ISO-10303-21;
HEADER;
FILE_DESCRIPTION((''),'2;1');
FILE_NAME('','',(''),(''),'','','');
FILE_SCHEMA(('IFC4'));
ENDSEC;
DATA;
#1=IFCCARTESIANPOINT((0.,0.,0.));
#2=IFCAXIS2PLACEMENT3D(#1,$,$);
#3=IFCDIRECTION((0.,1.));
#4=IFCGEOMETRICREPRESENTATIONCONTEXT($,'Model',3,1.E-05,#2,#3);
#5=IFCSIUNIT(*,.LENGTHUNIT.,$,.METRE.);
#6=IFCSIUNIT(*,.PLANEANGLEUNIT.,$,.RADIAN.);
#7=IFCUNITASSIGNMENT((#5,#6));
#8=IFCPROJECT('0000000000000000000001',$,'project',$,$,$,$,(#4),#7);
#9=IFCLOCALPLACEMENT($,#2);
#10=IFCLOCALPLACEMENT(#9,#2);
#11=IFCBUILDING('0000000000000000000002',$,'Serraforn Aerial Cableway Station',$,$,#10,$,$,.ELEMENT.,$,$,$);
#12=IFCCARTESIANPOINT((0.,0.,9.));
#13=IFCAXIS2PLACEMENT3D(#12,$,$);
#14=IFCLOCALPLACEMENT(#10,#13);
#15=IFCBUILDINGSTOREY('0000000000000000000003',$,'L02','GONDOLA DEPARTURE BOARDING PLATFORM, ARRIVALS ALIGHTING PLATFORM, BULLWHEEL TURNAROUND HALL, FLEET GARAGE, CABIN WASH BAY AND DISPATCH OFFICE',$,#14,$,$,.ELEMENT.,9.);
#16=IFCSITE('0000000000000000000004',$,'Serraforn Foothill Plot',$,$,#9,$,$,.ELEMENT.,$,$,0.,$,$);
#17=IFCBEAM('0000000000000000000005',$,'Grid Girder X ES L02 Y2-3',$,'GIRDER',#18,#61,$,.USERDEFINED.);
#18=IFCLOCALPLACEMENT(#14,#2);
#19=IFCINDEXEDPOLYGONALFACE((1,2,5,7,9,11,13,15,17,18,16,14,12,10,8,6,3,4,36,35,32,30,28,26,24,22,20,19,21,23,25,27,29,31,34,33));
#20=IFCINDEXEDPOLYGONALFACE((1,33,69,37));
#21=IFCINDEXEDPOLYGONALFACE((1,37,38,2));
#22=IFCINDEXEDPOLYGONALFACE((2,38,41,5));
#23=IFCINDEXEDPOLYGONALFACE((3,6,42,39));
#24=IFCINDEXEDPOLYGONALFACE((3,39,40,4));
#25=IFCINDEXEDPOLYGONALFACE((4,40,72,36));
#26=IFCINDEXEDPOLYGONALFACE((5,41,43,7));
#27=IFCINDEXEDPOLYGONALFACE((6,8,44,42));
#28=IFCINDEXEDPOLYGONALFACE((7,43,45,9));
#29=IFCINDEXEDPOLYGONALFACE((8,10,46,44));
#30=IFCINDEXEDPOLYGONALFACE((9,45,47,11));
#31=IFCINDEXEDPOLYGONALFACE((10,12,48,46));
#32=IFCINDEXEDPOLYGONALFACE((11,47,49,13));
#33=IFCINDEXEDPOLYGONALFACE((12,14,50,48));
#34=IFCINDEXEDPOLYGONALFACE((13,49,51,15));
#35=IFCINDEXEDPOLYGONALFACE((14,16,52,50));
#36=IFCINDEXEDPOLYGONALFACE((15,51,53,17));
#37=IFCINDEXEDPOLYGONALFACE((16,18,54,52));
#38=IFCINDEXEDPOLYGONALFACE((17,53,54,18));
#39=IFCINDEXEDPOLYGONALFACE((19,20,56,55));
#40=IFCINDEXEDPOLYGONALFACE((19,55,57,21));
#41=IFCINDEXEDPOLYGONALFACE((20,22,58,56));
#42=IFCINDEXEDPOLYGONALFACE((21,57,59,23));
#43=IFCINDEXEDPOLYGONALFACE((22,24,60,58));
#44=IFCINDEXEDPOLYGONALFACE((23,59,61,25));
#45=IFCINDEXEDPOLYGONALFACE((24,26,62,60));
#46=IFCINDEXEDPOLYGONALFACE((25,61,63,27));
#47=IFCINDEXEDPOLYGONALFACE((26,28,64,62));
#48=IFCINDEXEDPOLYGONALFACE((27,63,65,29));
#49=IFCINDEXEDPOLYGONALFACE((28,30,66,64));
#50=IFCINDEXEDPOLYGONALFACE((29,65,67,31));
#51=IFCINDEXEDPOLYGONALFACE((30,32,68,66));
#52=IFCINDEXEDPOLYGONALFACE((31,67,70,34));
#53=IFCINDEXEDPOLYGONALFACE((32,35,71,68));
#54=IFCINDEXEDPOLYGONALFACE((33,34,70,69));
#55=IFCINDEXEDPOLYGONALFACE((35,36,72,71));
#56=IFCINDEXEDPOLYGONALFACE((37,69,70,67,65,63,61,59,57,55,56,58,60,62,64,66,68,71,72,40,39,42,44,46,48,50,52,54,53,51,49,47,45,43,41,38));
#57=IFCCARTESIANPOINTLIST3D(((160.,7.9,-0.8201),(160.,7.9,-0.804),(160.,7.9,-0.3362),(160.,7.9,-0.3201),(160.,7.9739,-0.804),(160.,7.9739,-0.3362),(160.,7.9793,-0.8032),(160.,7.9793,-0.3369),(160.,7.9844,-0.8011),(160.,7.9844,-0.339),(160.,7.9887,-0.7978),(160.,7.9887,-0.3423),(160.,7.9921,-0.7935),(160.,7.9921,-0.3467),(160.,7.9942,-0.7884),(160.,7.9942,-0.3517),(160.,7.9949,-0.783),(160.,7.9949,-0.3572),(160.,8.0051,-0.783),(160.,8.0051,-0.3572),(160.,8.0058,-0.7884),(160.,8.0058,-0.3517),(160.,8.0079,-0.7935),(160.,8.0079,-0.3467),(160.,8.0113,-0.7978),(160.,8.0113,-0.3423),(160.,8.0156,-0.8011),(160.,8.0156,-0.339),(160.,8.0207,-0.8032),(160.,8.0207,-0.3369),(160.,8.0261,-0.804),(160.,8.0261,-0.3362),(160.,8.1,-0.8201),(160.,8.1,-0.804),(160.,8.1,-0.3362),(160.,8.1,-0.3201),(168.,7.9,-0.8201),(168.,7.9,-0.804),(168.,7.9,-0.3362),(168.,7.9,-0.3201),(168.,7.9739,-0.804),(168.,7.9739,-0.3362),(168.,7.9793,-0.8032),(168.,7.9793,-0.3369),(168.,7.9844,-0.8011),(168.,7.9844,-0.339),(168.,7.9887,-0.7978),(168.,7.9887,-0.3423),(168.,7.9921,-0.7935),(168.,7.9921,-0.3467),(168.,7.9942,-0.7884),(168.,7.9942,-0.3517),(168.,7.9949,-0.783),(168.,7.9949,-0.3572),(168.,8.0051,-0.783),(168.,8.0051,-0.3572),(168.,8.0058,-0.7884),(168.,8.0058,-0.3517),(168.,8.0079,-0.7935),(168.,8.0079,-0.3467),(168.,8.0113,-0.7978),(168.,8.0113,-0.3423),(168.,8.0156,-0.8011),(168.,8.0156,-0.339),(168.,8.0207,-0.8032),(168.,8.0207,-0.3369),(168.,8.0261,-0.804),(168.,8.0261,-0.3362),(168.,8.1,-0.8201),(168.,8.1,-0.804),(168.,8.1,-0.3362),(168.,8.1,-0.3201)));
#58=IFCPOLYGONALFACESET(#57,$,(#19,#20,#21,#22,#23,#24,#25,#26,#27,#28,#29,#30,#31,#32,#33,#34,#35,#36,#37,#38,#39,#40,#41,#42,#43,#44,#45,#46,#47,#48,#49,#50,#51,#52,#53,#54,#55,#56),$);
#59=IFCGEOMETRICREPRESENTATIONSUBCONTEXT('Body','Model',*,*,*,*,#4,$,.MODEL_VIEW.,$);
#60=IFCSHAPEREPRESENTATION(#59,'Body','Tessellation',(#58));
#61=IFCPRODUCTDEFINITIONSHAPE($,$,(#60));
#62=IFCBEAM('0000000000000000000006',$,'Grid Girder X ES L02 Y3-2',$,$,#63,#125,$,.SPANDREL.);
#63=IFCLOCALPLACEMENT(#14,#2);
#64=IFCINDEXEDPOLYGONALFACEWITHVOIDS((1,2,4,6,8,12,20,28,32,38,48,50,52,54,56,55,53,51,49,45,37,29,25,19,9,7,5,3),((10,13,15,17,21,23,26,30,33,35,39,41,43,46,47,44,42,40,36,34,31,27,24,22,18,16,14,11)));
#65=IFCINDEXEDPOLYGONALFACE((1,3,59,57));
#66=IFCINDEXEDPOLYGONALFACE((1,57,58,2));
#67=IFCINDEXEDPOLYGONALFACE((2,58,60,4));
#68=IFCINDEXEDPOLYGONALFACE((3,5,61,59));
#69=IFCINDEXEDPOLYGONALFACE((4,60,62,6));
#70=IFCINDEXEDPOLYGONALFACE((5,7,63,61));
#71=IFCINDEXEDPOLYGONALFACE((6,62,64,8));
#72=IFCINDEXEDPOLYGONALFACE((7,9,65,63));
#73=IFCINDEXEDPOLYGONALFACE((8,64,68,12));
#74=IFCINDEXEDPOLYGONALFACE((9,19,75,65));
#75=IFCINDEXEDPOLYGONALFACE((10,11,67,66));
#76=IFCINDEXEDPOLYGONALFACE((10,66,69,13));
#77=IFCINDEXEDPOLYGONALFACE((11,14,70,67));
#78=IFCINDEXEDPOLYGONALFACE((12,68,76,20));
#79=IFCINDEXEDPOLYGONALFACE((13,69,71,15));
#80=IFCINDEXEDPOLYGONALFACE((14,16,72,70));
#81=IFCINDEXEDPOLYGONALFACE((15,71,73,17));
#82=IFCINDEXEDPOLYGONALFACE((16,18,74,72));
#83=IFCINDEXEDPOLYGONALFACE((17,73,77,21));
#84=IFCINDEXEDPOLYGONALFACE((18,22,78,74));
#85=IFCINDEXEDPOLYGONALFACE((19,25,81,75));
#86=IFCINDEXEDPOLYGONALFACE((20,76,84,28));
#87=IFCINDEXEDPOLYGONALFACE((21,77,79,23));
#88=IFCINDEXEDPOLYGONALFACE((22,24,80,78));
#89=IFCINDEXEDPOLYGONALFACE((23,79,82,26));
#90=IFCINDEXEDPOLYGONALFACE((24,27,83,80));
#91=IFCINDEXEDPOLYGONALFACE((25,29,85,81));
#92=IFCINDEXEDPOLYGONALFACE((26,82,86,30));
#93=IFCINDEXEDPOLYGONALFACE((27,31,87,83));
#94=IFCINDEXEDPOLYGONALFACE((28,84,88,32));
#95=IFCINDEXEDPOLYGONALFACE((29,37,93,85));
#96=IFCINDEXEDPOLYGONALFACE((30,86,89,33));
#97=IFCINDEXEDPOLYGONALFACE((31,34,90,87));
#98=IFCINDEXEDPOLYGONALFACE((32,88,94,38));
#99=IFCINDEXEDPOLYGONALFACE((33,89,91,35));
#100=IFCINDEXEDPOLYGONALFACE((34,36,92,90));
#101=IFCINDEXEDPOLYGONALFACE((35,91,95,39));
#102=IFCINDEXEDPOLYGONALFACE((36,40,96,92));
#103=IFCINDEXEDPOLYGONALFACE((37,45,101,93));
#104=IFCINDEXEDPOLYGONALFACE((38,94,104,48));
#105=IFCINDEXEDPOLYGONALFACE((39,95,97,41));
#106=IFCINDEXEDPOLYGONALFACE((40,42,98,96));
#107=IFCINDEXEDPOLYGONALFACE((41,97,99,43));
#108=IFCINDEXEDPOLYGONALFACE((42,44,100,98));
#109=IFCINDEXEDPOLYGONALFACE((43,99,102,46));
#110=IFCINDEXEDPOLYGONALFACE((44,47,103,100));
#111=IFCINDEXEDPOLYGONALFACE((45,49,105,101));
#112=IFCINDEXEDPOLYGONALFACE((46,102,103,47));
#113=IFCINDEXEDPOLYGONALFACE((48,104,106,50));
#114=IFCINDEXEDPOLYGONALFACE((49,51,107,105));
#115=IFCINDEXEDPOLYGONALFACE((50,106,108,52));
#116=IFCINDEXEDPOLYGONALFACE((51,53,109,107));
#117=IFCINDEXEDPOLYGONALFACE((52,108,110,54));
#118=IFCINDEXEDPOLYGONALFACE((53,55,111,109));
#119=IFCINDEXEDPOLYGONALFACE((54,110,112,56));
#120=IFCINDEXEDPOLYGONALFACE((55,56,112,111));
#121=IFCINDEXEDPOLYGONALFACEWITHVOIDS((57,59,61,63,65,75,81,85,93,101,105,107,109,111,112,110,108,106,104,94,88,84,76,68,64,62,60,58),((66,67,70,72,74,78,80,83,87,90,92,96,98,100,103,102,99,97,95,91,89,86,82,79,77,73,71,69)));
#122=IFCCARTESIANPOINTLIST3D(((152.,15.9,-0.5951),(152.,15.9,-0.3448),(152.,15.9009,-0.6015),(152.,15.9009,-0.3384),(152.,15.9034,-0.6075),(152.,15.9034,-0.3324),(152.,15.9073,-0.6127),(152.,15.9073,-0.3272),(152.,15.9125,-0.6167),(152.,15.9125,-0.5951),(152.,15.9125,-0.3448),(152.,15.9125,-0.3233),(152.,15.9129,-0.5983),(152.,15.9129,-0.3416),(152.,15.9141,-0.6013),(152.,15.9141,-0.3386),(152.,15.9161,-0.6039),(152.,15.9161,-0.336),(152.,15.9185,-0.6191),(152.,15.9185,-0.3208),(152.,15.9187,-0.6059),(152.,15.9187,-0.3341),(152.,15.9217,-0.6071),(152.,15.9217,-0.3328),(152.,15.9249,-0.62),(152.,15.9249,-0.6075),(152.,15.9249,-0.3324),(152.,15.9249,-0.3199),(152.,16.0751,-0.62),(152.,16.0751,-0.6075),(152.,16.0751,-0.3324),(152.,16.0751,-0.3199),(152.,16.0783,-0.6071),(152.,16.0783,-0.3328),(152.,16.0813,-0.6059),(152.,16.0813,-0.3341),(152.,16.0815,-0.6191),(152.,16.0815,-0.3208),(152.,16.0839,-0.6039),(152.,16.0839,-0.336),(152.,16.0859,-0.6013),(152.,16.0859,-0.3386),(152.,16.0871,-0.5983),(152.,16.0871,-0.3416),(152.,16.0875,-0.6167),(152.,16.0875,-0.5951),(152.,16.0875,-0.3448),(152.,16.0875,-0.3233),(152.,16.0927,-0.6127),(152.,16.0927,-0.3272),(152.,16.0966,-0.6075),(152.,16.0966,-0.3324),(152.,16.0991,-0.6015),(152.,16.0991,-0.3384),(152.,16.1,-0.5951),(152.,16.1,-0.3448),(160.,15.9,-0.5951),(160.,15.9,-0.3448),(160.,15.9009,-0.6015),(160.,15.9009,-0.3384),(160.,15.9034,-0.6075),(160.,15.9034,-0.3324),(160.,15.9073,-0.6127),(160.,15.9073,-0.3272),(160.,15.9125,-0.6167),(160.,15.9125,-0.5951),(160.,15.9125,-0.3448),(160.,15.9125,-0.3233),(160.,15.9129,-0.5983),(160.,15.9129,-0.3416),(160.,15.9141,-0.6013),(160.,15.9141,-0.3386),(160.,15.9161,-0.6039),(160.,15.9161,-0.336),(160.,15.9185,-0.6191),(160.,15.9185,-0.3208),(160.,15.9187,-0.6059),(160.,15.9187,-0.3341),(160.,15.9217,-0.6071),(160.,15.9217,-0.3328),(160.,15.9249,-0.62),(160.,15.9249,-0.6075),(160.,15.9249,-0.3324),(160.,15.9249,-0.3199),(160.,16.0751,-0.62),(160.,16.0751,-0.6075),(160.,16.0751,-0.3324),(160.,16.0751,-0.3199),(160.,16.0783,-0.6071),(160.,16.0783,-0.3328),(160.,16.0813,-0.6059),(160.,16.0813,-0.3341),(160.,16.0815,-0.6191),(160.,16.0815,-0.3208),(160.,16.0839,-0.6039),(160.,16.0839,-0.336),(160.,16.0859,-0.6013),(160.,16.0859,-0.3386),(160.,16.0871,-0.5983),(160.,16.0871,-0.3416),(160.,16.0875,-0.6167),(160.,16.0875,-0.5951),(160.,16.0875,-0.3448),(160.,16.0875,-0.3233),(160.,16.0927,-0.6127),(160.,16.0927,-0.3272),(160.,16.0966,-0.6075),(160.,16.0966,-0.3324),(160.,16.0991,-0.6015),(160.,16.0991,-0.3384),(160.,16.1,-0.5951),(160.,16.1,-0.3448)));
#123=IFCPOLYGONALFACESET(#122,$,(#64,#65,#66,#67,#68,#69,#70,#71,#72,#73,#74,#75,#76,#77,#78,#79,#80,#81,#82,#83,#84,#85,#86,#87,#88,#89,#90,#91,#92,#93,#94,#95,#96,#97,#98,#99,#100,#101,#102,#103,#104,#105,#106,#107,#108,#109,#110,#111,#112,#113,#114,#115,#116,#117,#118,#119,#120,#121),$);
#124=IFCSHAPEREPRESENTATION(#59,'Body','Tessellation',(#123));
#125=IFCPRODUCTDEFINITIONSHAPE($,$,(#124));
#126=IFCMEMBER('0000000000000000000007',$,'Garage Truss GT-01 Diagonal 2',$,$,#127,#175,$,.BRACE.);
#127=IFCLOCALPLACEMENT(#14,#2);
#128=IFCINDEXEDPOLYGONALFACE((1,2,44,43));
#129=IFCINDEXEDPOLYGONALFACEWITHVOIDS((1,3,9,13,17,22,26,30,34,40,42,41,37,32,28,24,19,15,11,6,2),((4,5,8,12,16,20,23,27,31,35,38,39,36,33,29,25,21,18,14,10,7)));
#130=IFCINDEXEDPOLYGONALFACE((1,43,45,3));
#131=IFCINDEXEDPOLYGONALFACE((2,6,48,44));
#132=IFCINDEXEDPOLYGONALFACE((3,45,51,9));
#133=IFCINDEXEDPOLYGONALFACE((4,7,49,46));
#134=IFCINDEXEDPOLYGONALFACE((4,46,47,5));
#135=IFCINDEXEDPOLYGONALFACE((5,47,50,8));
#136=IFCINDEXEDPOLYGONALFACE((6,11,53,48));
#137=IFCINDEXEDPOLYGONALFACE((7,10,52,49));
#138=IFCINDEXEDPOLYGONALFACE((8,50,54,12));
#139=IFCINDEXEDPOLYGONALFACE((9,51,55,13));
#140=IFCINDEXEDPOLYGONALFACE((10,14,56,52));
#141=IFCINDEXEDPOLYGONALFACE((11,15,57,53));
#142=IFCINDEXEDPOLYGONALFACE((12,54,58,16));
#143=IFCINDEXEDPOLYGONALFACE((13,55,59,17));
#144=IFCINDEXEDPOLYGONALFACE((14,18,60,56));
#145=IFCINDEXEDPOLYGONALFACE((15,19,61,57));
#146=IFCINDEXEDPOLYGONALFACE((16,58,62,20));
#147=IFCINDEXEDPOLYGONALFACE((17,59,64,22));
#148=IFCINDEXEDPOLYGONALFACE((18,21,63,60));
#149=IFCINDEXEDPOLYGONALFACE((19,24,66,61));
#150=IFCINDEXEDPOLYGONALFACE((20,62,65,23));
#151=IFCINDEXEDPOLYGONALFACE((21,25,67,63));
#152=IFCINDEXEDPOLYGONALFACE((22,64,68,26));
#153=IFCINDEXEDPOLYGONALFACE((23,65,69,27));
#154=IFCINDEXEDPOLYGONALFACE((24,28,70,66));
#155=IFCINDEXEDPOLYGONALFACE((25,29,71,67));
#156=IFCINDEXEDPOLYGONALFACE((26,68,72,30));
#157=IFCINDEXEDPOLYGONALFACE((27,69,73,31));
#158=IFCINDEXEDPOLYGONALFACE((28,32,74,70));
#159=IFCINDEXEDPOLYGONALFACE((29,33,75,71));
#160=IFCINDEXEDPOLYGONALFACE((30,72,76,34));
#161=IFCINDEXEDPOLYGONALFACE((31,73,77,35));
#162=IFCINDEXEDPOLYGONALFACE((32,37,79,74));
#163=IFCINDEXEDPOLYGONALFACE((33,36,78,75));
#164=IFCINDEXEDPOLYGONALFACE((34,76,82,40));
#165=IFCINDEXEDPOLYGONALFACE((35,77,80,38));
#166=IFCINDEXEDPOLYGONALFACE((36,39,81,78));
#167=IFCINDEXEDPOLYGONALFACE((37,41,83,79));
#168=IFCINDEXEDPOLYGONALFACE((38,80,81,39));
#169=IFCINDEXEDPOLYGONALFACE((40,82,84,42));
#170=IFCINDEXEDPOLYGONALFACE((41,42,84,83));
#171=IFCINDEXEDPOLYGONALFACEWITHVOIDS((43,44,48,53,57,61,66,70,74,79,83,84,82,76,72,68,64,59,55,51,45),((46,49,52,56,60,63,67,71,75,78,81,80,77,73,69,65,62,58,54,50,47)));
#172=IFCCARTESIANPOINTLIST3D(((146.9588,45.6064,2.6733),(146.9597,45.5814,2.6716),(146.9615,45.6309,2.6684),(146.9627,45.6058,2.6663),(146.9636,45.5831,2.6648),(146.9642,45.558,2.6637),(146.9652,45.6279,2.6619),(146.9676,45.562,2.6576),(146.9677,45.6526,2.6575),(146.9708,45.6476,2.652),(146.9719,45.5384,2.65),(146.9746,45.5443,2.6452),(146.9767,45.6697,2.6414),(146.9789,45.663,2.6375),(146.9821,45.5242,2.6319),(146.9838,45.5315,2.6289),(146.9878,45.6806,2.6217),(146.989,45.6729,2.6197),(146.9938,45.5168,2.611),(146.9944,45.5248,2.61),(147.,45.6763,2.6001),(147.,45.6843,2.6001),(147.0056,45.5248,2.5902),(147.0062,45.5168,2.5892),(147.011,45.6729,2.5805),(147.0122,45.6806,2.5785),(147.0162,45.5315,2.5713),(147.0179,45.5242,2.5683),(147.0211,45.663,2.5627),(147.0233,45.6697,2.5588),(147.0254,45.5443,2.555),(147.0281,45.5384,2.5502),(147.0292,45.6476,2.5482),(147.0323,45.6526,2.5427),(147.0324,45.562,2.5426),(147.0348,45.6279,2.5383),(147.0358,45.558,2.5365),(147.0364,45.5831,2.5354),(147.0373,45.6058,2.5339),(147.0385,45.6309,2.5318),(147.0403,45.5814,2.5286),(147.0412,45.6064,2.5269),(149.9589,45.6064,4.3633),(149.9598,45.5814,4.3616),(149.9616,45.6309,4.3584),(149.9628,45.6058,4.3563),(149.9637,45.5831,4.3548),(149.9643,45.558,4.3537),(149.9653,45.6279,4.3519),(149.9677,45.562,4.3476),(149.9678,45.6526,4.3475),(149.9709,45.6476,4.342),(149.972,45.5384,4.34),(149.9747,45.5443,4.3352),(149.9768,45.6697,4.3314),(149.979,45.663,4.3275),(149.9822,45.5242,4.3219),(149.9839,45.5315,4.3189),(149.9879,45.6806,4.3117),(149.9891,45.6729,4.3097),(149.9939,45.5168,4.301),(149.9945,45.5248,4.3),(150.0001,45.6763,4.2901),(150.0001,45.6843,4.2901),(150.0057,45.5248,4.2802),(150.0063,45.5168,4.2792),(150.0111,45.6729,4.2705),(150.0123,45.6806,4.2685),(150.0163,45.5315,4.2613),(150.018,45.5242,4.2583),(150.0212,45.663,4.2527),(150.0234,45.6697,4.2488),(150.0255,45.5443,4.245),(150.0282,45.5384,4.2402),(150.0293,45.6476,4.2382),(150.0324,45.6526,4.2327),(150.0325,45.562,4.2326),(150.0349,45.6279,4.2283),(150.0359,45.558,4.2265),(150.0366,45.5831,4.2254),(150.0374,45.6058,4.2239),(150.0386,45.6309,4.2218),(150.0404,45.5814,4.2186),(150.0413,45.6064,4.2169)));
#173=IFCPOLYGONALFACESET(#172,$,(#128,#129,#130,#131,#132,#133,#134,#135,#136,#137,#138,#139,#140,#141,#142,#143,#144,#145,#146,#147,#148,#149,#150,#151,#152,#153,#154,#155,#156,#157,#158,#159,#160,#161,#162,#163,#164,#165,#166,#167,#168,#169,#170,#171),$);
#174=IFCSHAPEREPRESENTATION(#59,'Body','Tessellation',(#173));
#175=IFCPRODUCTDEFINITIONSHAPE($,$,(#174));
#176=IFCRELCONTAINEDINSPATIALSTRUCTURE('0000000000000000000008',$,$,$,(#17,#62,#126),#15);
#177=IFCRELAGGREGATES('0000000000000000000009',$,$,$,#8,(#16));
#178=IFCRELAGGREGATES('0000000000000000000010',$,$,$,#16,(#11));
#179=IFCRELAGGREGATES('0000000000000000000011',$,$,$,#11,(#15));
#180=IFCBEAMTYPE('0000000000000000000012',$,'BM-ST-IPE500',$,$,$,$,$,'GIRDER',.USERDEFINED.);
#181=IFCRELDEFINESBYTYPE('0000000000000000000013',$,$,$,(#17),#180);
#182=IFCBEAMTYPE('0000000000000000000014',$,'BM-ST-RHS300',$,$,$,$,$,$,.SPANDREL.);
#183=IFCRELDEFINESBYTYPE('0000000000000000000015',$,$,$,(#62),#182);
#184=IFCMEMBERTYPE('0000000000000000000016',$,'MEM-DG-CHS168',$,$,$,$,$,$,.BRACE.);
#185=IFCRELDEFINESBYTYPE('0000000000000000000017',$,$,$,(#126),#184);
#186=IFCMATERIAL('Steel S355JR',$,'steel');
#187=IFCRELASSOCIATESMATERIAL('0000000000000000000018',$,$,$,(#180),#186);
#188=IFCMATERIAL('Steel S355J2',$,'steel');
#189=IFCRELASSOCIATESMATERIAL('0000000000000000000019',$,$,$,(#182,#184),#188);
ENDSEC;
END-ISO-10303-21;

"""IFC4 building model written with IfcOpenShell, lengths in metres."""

from ifc_helpers import new_model, si_unit, direction, frame, origin, origin_2d, place, context, subcontext, project, spatial, hollow_rectangle, hollow_circle, i_section, extrude, material, material_profile, profile_set, type_object, element, save


model = new_model("IFC4")

# Units and contexts
model_context = context("Model", 3, precision=1e-05, world=origin(), true_north=direction((0.0, 1.0)))
body_context = subcontext(model_context, "Body", "Model", "MODEL_VIEW")
ifc_project = project(units=[si_unit("LENGTHUNIT", "METRE"), si_unit("PLANEANGLEUNIT", "RADIAN")], contexts=[model_context])

# Site, building, storey
site_placement = place(None, origin())
site = spatial("IfcSite", under=ifc_project, at=site_placement, Name="Serraforn Foothill Plot", CompositionType="ELEMENT", RefElevation=0.0)
building_placement = place(site_placement, origin())
building = spatial("IfcBuilding", under=site, at=building_placement, Name="Serraforn Aerial Cableway Station", CompositionType="ELEMENT")
storey_placement = place(building_placement, frame((0.0, 0.0, 9.0)))
storey = spatial("IfcBuildingStorey", under=building, at=storey_placement, Name="L02", Description="GONDOLA DEPARTURE BOARDING PLATFORM, ARRIVALS ALIGHTING PLATFORM, BULLWHEEL TURNAROUND HALL, FLEET GARAGE, CABIN WASH BAY AND DISPATCH OFFICE", CompositionType="ELEMENT", Elevation=9.0)

# Beams
ifc_material_1 = material(Name="Steel S355J2", Category="steel")
ifc_material_2 = material(Name="Steel S355JR", Category="steel")
ifc_material_profile_1 = material_profile(ifc_material_2, i_section(OverallWidth=0.2, OverallDepth=0.5, WebThickness=0.0103, FlangeThickness=0.0161, FilletRadius=0.021, at=origin_2d()), Name="IPE 500")
ifc_profile_set_1 = profile_set([ifc_material_profile_1], Name="Steel S355JR")
beam_type_1 = type_object("IfcBeamType", Name="BM-ST-IPE500", ElementType="GIRDER", PredefinedType="USERDEFINED", material=ifc_profile_set_1)
beam_1_placement = place(storey_placement, frame((160.0, 8.0, -0.5701), z_axis=(1.0, 0.0, 0.0), x_axis=(0.0, 1.0, 0.0)))
element("IfcBeam", 1, at=beam_1_placement, inside=storey, type_object=beam_type_1, Name="Grid Girder X ES L02 Y2-3", ObjectType="GIRDER", PredefinedType="USERDEFINED", context=body_context, shape_type="SweptSolid", body=[
    extrude(i_section(OverallWidth=0.2, OverallDepth=0.5, WebThickness=0.0103, FlangeThickness=0.0161, FilletRadius=0.021, at=origin_2d()), origin(), (0.0, 0.0, 1.0), 8.0),
])
ifc_material_profile_2 = material_profile(ifc_material_1, hollow_rectangle(XDim=0.2, YDim=0.3, WallThickness=0.0125, InnerFilletRadius=0.0125, OuterFilletRadius=0.0249, at=origin_2d()), Name="RHS 300x200x12.5")
ifc_profile_set_2 = profile_set([ifc_material_profile_2], Name="Steel S355J2")
beam_type_2 = type_object("IfcBeamType", Name="BM-ST-RHS300", PredefinedType="SPANDREL", material=ifc_profile_set_2)
beam_2_placement = place(storey_placement, frame((152.0, 16.0, -0.47), z_axis=(1.0, 0.0, 0.0), x_axis=(0.0, 1.0, 0.0)))
element("IfcBeam", 2, at=beam_2_placement, inside=storey, type_object=beam_type_2, Name="Grid Girder X ES L02 Y3-2", PredefinedType="SPANDREL", context=body_context, shape_type="SweptSolid", body=[
    extrude(hollow_rectangle(XDim=0.2, YDim=0.3, WallThickness=0.0125, InnerFilletRadius=0.0125, OuterFilletRadius=0.0249, at=origin_2d()), origin(), (0.0, 0.0, 1.0), 8.0),
])

# Member
ifc_material_profile_3 = material_profile(ifc_material_1, hollow_circle(Radius=0.0842, WallThickness=0.0081, at=origin_2d()), Name="CHS 168.3x8.0")
ifc_profile_set_3 = profile_set([ifc_material_profile_3], Name="Steel S355J2")
member_type_1 = type_object("IfcMemberType", Name="MEM-DG-CHS168", PredefinedType="BRACE", material=ifc_profile_set_3)
member_1_placement = place(storey_placement, frame((147.0, 45.6001, 2.6001), z_axis=(0.871272, 0.0, 0.4908), x_axis=(0.0, 1.0, 0.0)))
element("IfcMember", 3, at=member_1_placement, inside=storey, type_object=member_type_1, Name="Garage Truss GT-01 Diagonal 2", PredefinedType="BRACE", context=body_context, shape_type="SweptSolid", body=[
    extrude(hollow_circle(Radius=0.0842, WallThickness=0.0081, at=origin_2d()), origin(), (0.0, 0.0, 1.0), 3.4434),
])

save(model, "model.ifc")
